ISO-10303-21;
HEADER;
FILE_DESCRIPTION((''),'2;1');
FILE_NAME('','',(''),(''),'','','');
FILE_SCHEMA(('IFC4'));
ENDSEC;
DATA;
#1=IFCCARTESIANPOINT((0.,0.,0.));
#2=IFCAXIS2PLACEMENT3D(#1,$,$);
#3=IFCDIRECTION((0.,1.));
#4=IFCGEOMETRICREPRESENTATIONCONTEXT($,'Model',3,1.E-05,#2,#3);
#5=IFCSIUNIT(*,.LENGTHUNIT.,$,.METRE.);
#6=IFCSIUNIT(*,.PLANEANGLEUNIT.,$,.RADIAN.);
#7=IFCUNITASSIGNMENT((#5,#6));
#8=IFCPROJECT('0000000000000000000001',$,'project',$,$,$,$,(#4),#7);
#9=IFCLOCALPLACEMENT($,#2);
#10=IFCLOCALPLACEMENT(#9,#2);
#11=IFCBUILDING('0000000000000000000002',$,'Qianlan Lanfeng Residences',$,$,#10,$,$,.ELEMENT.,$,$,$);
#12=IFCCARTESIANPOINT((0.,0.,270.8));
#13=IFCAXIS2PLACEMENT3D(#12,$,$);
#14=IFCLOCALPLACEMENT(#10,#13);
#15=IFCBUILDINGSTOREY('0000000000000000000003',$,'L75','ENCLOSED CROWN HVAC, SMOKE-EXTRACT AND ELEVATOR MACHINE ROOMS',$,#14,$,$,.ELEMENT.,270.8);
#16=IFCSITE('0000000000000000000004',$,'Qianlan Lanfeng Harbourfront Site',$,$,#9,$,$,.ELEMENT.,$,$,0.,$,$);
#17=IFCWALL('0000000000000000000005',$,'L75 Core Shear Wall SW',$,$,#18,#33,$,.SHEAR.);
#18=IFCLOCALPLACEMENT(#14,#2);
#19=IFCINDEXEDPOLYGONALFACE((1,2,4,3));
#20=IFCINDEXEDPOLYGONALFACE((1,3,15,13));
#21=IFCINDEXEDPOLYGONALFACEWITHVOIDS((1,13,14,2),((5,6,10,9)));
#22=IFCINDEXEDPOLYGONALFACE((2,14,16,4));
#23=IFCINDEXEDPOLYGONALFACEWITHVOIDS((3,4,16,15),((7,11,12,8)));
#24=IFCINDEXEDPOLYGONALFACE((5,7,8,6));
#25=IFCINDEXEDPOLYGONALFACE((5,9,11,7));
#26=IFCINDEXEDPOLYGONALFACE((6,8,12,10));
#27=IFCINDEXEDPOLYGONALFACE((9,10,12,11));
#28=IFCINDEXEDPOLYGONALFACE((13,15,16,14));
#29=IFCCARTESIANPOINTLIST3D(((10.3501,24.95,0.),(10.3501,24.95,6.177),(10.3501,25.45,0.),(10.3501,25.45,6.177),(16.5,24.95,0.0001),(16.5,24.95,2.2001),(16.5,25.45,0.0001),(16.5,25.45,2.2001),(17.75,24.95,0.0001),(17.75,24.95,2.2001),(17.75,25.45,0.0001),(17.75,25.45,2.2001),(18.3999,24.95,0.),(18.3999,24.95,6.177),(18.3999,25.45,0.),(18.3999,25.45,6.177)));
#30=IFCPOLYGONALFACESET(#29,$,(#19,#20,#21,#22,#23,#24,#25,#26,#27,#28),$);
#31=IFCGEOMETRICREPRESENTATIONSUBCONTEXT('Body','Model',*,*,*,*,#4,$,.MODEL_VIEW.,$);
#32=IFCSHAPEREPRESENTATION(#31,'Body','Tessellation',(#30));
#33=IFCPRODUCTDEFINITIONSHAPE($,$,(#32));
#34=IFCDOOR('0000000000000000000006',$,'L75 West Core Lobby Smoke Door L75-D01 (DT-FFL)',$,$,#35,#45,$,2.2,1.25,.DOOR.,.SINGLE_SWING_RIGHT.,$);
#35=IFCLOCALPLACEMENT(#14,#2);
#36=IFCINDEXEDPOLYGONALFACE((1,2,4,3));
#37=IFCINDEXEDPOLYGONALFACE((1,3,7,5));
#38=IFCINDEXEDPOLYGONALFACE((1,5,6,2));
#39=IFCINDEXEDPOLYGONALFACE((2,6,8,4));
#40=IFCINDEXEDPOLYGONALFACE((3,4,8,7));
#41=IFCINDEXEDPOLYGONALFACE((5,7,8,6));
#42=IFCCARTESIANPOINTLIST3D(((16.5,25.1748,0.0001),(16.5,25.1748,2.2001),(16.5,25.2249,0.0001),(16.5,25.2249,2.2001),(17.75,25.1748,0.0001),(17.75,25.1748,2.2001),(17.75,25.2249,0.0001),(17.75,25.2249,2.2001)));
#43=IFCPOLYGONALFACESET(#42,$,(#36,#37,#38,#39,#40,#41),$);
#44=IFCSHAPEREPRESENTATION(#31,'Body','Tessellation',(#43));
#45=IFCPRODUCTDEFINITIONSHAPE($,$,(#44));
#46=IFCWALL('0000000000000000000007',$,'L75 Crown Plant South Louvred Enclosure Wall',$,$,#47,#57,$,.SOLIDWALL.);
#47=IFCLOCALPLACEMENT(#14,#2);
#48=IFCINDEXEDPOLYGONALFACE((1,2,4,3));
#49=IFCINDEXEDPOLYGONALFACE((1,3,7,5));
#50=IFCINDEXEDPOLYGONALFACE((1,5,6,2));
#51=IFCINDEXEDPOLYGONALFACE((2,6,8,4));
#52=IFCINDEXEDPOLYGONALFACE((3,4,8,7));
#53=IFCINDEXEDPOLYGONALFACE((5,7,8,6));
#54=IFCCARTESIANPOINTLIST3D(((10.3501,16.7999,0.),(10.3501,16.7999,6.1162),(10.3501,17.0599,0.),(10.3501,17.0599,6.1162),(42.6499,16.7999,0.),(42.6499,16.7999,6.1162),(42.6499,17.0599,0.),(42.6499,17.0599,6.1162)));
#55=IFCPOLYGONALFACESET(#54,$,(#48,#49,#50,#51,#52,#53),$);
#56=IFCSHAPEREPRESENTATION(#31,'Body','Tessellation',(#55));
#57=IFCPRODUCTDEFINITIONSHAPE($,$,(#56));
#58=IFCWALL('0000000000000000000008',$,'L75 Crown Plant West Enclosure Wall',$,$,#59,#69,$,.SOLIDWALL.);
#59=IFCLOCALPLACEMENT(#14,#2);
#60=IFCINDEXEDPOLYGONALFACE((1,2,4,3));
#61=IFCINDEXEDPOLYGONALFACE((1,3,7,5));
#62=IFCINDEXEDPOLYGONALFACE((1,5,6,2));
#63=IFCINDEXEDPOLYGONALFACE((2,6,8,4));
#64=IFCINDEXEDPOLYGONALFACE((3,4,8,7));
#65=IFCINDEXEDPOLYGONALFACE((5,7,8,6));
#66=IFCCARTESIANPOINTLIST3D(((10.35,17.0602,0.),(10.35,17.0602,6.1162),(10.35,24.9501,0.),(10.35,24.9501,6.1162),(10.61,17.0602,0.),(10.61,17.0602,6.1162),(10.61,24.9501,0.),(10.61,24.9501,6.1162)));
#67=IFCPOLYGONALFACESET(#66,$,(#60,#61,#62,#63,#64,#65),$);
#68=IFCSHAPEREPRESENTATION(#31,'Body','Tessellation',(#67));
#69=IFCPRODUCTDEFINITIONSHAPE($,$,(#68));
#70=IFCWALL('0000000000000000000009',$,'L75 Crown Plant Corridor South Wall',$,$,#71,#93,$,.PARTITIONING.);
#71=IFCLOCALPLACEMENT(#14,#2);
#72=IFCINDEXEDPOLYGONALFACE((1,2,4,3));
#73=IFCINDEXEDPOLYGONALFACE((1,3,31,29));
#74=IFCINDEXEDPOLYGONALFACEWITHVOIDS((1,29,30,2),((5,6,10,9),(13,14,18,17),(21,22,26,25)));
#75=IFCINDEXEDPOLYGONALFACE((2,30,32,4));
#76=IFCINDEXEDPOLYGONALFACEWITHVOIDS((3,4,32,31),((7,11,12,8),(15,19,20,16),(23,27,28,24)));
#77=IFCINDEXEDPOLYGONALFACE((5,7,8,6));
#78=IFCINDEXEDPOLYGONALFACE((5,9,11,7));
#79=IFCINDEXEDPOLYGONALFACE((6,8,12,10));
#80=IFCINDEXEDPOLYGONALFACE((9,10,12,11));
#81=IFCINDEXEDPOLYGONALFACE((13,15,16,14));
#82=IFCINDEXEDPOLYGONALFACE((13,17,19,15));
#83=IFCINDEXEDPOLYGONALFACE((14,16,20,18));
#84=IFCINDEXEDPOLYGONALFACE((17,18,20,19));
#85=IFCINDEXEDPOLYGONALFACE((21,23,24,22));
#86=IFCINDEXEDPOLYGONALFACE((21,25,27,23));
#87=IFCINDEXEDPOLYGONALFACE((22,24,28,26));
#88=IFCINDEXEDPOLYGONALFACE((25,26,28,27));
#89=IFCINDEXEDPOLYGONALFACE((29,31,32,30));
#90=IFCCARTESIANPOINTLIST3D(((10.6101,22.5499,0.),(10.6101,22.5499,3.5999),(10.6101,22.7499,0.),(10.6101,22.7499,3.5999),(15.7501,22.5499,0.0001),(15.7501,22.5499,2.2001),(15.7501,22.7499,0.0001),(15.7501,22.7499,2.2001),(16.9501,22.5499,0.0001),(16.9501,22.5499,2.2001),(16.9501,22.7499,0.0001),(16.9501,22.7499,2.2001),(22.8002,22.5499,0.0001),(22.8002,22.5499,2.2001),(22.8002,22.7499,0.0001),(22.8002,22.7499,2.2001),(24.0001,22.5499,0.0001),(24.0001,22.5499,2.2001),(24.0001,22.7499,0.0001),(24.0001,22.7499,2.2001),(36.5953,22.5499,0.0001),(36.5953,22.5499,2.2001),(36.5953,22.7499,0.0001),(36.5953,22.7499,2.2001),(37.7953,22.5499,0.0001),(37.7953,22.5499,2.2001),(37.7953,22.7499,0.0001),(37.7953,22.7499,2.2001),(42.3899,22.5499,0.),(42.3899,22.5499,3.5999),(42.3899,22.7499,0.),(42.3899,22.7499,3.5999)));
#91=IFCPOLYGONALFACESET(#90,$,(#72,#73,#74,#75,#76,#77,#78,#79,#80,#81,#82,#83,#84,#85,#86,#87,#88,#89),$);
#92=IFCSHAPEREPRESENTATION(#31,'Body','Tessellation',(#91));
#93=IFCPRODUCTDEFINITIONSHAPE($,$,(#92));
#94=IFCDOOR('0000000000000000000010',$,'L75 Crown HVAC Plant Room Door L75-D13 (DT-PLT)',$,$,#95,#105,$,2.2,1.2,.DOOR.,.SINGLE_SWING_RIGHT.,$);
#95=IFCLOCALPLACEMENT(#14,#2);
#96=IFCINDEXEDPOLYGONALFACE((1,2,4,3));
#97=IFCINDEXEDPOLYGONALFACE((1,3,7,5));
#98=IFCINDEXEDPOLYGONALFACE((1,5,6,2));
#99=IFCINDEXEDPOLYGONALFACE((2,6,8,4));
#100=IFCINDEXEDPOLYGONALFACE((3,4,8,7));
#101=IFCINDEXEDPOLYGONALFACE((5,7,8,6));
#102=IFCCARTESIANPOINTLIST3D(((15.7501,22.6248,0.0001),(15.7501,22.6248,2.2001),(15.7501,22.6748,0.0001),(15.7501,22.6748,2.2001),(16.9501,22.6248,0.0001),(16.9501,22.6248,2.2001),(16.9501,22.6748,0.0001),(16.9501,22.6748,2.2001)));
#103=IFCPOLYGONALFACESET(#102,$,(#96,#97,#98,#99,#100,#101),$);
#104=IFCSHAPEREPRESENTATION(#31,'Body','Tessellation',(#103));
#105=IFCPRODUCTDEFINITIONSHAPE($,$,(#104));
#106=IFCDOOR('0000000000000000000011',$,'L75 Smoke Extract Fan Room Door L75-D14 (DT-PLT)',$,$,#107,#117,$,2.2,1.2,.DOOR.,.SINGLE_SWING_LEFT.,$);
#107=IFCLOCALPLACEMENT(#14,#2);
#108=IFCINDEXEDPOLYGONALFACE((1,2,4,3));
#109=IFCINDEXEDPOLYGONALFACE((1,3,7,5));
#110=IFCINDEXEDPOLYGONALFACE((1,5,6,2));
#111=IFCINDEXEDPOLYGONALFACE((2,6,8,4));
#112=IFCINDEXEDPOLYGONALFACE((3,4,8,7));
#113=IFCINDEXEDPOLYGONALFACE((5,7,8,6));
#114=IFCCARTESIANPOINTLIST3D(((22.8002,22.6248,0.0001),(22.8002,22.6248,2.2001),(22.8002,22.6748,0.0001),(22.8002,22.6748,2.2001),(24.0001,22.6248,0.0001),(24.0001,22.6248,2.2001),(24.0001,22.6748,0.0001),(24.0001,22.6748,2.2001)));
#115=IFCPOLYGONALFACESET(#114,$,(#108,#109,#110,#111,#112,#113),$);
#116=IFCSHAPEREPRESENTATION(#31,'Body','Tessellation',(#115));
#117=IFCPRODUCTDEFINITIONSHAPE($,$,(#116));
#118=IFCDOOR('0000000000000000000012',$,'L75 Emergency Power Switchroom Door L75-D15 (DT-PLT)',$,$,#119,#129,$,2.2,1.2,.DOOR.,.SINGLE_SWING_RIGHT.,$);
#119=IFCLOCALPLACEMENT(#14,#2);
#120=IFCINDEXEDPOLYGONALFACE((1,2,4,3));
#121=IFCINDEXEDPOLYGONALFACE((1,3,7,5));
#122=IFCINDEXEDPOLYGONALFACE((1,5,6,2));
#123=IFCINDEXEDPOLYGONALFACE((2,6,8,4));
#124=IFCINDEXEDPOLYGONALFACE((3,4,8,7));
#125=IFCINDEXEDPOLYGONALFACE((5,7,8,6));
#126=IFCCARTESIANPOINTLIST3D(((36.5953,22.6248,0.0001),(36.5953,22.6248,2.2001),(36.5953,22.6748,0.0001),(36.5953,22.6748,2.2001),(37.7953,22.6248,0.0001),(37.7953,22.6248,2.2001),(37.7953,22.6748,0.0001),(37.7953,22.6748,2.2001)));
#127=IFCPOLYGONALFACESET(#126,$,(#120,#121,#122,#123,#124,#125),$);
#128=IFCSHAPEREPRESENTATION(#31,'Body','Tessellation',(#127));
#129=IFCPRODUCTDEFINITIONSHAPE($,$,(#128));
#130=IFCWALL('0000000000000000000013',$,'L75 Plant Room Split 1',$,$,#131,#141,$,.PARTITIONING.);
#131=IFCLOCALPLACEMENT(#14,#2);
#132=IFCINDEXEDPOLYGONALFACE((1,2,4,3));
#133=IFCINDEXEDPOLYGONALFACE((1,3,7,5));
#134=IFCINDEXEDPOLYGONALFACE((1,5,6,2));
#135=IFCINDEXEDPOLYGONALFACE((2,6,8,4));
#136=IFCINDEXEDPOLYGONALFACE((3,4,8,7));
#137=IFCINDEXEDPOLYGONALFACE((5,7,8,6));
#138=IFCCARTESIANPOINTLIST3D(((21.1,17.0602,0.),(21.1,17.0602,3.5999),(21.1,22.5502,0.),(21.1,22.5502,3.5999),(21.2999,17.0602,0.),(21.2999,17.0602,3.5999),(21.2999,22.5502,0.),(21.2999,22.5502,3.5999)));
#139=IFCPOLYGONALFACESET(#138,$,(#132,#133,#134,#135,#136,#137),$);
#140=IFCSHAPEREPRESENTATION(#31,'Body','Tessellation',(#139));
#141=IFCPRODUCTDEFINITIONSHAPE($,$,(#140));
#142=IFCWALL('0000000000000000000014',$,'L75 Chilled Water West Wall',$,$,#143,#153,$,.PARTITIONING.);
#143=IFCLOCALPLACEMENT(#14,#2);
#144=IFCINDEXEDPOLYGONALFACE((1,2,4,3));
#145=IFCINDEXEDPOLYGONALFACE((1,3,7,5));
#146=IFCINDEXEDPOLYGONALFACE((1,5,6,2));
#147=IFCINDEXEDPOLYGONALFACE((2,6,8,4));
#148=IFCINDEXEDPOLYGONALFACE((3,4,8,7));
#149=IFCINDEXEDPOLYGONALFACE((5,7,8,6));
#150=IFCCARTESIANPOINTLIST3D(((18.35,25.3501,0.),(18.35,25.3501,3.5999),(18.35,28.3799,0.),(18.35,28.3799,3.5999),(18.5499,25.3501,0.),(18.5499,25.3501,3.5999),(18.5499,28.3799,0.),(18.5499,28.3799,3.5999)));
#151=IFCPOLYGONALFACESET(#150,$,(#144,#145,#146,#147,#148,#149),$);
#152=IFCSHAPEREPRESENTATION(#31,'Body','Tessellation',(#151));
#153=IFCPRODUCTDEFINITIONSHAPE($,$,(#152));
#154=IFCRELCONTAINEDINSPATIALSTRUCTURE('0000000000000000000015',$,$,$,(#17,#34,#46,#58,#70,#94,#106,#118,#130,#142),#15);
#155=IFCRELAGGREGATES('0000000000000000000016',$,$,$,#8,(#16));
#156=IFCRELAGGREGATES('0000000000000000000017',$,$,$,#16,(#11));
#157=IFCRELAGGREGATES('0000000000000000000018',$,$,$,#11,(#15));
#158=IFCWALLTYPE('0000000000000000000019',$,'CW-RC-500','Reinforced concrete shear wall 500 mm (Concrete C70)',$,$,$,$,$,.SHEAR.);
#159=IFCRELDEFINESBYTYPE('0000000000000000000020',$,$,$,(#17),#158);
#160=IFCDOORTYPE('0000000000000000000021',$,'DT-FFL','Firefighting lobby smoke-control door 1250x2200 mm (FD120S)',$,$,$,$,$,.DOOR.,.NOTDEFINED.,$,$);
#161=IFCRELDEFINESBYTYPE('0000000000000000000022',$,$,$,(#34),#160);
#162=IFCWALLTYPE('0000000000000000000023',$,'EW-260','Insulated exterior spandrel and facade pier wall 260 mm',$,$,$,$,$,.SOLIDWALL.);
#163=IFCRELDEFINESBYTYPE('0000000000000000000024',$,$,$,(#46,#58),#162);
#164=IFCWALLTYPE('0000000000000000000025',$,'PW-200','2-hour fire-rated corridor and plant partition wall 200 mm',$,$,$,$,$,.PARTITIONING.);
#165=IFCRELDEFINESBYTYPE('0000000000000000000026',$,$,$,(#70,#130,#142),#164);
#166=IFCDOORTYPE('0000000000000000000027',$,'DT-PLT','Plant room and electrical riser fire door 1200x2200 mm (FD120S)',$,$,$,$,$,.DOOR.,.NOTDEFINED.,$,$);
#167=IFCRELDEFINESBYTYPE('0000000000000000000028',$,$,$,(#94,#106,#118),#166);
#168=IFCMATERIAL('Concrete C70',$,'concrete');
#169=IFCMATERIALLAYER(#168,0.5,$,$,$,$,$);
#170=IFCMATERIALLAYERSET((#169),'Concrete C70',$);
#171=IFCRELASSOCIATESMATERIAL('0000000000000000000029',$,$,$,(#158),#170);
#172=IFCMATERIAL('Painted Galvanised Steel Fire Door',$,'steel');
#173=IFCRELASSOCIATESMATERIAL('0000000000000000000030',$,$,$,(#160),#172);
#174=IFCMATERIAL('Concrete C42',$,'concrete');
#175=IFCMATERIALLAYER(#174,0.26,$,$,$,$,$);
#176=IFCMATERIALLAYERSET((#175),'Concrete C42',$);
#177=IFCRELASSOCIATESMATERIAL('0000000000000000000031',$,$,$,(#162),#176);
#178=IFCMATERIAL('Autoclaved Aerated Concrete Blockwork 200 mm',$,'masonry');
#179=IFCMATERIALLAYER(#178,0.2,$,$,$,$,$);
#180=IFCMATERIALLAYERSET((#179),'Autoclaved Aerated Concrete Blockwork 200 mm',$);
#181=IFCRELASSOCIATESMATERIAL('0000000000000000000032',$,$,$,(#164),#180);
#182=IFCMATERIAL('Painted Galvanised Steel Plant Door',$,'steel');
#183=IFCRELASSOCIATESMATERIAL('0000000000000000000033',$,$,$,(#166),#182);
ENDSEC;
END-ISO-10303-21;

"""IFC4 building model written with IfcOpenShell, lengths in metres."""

from ifc_helpers import new_model, si_unit, direction, frame, frame_2d, origin, place, context, subcontext, project, spatial, rectangle, extrude, material, layer, layer_set, type_object, element, fill, save


model = new_model("IFC4")

# Units and contexts
model_context = context("Model", 3, precision=1e-05, world=origin(), true_north=direction((0.0, 1.0)))
body_context = subcontext(model_context, "Body", "Model", "MODEL_VIEW")
ifc_project = project(units=[si_unit("LENGTHUNIT", "METRE"), si_unit("PLANEANGLEUNIT", "RADIAN")], contexts=[model_context])

# Site, building, storey
site_placement = place(None, origin())
site = spatial("IfcSite", under=ifc_project, at=site_placement, Name="Qianlan Lanfeng Harbourfront Site", CompositionType="ELEMENT", RefElevation=0.0)
building_placement = place(site_placement, origin())
building = spatial("IfcBuilding", under=site, at=building_placement, Name="Qianlan Lanfeng Residences", CompositionType="ELEMENT")
storey_placement = place(building_placement, frame((0.0, 0.0, 270.8)))
storey = spatial("IfcBuildingStorey", under=building, at=storey_placement, Name="L75", Description="ENCLOSED CROWN HVAC, SMOKE-EXTRACT AND ELEVATOR MACHINE ROOMS", CompositionType="ELEMENT", Elevation=270.8)

# Wall, opening, door
ifc_material_1 = material(Name="Concrete C70", Category="concrete")
ifc_layer_1 = layer(ifc_material_1, 0.5)
ifc_layer_set_1 = layer_set([ifc_layer_1], Name="Concrete C70")
wall_type_1 = type_object("IfcWallType", Name="CW-RC-500", Description="Reinforced concrete shear wall 500 mm (Concrete C70)", PredefinedType="SHEAR", material=ifc_layer_set_1)
wall_1_placement = place(storey_placement, frame((10.3501, 25.2, 0.0), z_axis=(0.0, 0.0, 1.0), x_axis=(1.0, 0.0, 0.0)))
wall_1 = element("IfcWall", 1, at=wall_1_placement, inside=storey, type_object=wall_type_1, Name="L75 Core Shear Wall SW", PredefinedType="SHEAR", context=body_context, shape_type="SweptSolid", body=[
    extrude(rectangle(XDim=8.0498, YDim=0.5, at=frame_2d((4.0249, 0.0))), origin(), (0.0, 0.0, 1.0), 6.177),
])
opening_1_placement = place(wall_1_placement, frame((6.1499, 0.0, 0.0)))
opening_1 = element("IfcOpeningElement", 2, at=opening_1_placement, cuts=wall_1, PredefinedType="OPENING", context=body_context, shape_type="SweptSolid", body=[
    extrude(rectangle(XDim=1.25, YDim=2.2, at=frame_2d((0.625, 1.1001))), frame((0.0, 0.26, 0.0), z_axis=(0.0, -1.0, 0.0), x_axis=(1.0, 0.0, 0.0)), (0.0, 0.0, 1.0), 0.52),
])
ifc_material_2 = material(Name="Painted Galvanised Steel Fire Door", Category="steel")
door_type_1 = type_object("IfcDoorType", Name="DT-FFL", Description="Firefighting lobby smoke-control door 1250x2200 mm (FD120S)", OperationType="NOTDEFINED", PredefinedType="DOOR", material=ifc_material_2)
door_1_placement = place(opening_1_placement, origin())
door_1 = element("IfcDoor", 3, at=door_1_placement, inside=storey, type_object=door_type_1, Name="L75 West Core Lobby Smoke Door L75-D01 (DT-FFL)", OperationType="SINGLE_SWING_RIGHT", OverallHeight=2.2, OverallWidth=1.25, PredefinedType="DOOR", context=body_context, shape_type="SweptSolid", body=[
    extrude(rectangle(XDim=1.25, YDim=2.2, at=frame_2d((0.625, 1.1001))), frame((0.0, 0.0249, 0.0), z_axis=(0.0, -1.0, 0.0), x_axis=(1.0, 0.0, 0.0)), (0.0, 0.0, 1.0), 0.05),
])
fill(opening_1, door_1)

# Walls
ifc_material_3 = material(Name="Concrete C42", Category="concrete")
ifc_layer_2 = layer(ifc_material_3, 0.26)
ifc_layer_set_2 = layer_set([ifc_layer_2], Name="Concrete C42")
wall_type_2 = type_object("IfcWallType", Name="EW-260", Description="Insulated exterior spandrel and facade pier wall 260 mm", PredefinedType="SOLIDWALL", material=ifc_layer_set_2)
wall_2_placement = place(storey_placement, frame((10.3501, 16.9299, 0.0), z_axis=(0.0, 0.0, 1.0), x_axis=(1.0, 0.0, 0.0)))
element("IfcWall", 4, at=wall_2_placement, inside=storey, type_object=wall_type_2, Name="L75 Crown Plant South Louvred Enclosure Wall", PredefinedType="SOLIDWALL", context=body_context, shape_type="SweptSolid", body=[
    extrude(rectangle(XDim=32.2998, YDim=0.26, at=frame_2d((16.1499, 0.0))), origin(), (0.0, 0.0, 1.0), 6.1162),
])
wall_3_placement = place(storey_placement, frame((10.48, 24.95, 0.0), z_axis=(0.0, 0.0, 1.0), x_axis=(0.0, -1.0, 0.0)))
element("IfcWall", 5, at=wall_3_placement, inside=storey, type_object=wall_type_2, Name="L75 Crown Plant West Enclosure Wall", PredefinedType="SOLIDWALL", context=body_context, shape_type="SweptSolid", body=[
    extrude(rectangle(XDim=7.8899, YDim=0.26, at=frame_2d((3.9448, 0.0))), origin(), (0.0, 0.0, 1.0), 6.1162),
])

# Wall, openings, doors
ifc_material_4 = material(Name="Autoclaved Aerated Concrete Blockwork 200 mm", Category="masonry")
ifc_layer_3 = layer(ifc_material_4, 0.2)
ifc_layer_set_3 = layer_set([ifc_layer_3], Name="Autoclaved Aerated Concrete Blockwork 200 mm")
wall_type_3 = type_object("IfcWallType", Name="PW-200", Description="2-hour fire-rated corridor and plant partition wall 200 mm", PredefinedType="PARTITIONING", material=ifc_layer_set_3)
wall_4_placement = place(storey_placement, frame((10.6101, 22.6499, 0.0), z_axis=(0.0, 0.0, 1.0), x_axis=(1.0, 0.0, 0.0)))
wall_4 = element("IfcWall", 6, at=wall_4_placement, inside=storey, type_object=wall_type_3, Name="L75 Crown Plant Corridor South Wall", PredefinedType="PARTITIONING", context=body_context, shape_type="SweptSolid", body=[
    extrude(rectangle(XDim=31.7798, YDim=0.2, at=frame_2d((15.8899, 0.0))), origin(), (0.0, 0.0, 1.0), 3.5999),
])
opening_2_placement = place(wall_4_placement, frame((5.1399, 0.0, 0.0)))
opening_2 = element("IfcOpeningElement", 7, at=opening_2_placement, cuts=wall_4, PredefinedType="OPENING", context=body_context, shape_type="SweptSolid", body=[
    extrude(rectangle(XDim=1.2, YDim=2.2, at=frame_2d((0.6001, 1.1001))), frame((0.0, 0.1099, 0.0), z_axis=(0.0, -1.0, 0.0), x_axis=(1.0, 0.0, 0.0)), (0.0, 0.0, 1.0), 0.22),
])
opening_3_placement = place(wall_4_placement, frame((12.1899, 0.0, 0.0)))
opening_3 = element("IfcOpeningElement", 8, at=opening_3_placement, cuts=wall_4, PredefinedType="OPENING", context=body_context, shape_type="SweptSolid", body=[
    extrude(rectangle(XDim=1.2, YDim=2.2, at=frame_2d((0.6001, 1.1001))), frame((0.0, 0.1099, 0.0), z_axis=(0.0, -1.0, 0.0), x_axis=(1.0, 0.0, 0.0)), (0.0, 0.0, 1.0), 0.22),
])
opening_4_placement = place(wall_4_placement, frame((25.9851, 0.0, 0.0)))
opening_4 = element("IfcOpeningElement", 9, at=opening_4_placement, cuts=wall_4, PredefinedType="OPENING", context=body_context, shape_type="SweptSolid", body=[
    extrude(rectangle(XDim=1.2, YDim=2.2, at=frame_2d((0.6001, 1.1001))), frame((0.0, 0.1099, 0.0), z_axis=(0.0, -1.0, 0.0), x_axis=(1.0, 0.0, 0.0)), (0.0, 0.0, 1.0), 0.22),
])
ifc_material_5 = material(Name="Painted Galvanised Steel Plant Door", Category="steel")
door_type_2 = type_object("IfcDoorType", Name="DT-PLT", Description="Plant room and electrical riser fire door 1200x2200 mm (FD120S)", OperationType="NOTDEFINED", PredefinedType="DOOR", material=ifc_material_5)
door_2_placement = place(opening_2_placement, origin())
door_2 = element("IfcDoor", 10, at=door_2_placement, inside=storey, type_object=door_type_2, Name="L75 Crown HVAC Plant Room Door L75-D13 (DT-PLT)", OperationType="SINGLE_SWING_RIGHT", OverallHeight=2.2, OverallWidth=1.2, PredefinedType="DOOR", context=body_context, shape_type="SweptSolid", body=[
    extrude(rectangle(XDim=1.2, YDim=2.2, at=frame_2d((0.6001, 1.1001))), frame((0.0, 0.0249, 0.0), z_axis=(0.0, -1.0, 0.0), x_axis=(1.0, 0.0, 0.0)), (0.0, 0.0, 1.0), 0.05),
])
fill(opening_2, door_2)
door_3_placement = place(opening_3_placement, origin())
door_3 = element("IfcDoor", 11, at=door_3_placement, inside=storey, type_object=door_type_2, Name="L75 Smoke Extract Fan Room Door L75-D14 (DT-PLT)", OperationType="SINGLE_SWING_LEFT", OverallHeight=2.2, OverallWidth=1.2, PredefinedType="DOOR", context=body_context, shape_type="SweptSolid", body=[
    extrude(rectangle(XDim=1.2, YDim=2.2, at=frame_2d((0.6001, 1.1001))), frame((0.0, 0.0249, 0.0), z_axis=(0.0, -1.0, 0.0), x_axis=(1.0, 0.0, 0.0)), (0.0, 0.0, 1.0), 0.05),
])
fill(opening_3, door_3)
door_4_placement = place(opening_4_placement, origin())
door_4 = element("IfcDoor", 12, at=door_4_placement, inside=storey, type_object=door_type_2, Name="L75 Emergency Power Switchroom Door L75-D15 (DT-PLT)", OperationType="SINGLE_SWING_RIGHT", OverallHeight=2.2, OverallWidth=1.2, PredefinedType="DOOR", context=body_context, shape_type="SweptSolid", body=[
    extrude(rectangle(XDim=1.2, YDim=2.2, at=frame_2d((0.6001, 1.1001))), frame((0.0, 0.0249, 0.0), z_axis=(0.0, -1.0, 0.0), x_axis=(1.0, 0.0, 0.0)), (0.0, 0.0, 1.0), 0.05),
])
fill(opening_4, door_4)

# Walls
wall_5_placement = place(storey_placement, frame((21.2, 17.0601, 0.0), z_axis=(0.0, 0.0, 1.0), x_axis=(0.0, 1.0, 0.0)))
element("IfcWall", 13, at=wall_5_placement, inside=storey, type_object=wall_type_3, Name="L75 Plant Room Split 1", PredefinedType="PARTITIONING", context=body_context, shape_type="SweptSolid", body=[
    extrude(rectangle(XDim=5.49, YDim=0.2, at=frame_2d((2.7451, 0.0))), origin(), (0.0, 0.0, 1.0), 3.5999),
])
wall_6_placement = place(storey_placement, frame((18.45, 25.3501, 0.0), z_axis=(0.0, 0.0, 1.0), x_axis=(0.0, 1.0, 0.0)))
element("IfcWall", 14, at=wall_6_placement, inside=storey, type_object=wall_type_3, Name="L75 Chilled Water West Wall", PredefinedType="PARTITIONING", context=body_context, shape_type="SweptSolid", body=[
    extrude(rectangle(XDim=3.0298, YDim=0.2, at=frame_2d((1.5149, 0.0))), origin(), (0.0, 0.0, 1.0), 3.5999),
])

save(model, "model.ifc")
